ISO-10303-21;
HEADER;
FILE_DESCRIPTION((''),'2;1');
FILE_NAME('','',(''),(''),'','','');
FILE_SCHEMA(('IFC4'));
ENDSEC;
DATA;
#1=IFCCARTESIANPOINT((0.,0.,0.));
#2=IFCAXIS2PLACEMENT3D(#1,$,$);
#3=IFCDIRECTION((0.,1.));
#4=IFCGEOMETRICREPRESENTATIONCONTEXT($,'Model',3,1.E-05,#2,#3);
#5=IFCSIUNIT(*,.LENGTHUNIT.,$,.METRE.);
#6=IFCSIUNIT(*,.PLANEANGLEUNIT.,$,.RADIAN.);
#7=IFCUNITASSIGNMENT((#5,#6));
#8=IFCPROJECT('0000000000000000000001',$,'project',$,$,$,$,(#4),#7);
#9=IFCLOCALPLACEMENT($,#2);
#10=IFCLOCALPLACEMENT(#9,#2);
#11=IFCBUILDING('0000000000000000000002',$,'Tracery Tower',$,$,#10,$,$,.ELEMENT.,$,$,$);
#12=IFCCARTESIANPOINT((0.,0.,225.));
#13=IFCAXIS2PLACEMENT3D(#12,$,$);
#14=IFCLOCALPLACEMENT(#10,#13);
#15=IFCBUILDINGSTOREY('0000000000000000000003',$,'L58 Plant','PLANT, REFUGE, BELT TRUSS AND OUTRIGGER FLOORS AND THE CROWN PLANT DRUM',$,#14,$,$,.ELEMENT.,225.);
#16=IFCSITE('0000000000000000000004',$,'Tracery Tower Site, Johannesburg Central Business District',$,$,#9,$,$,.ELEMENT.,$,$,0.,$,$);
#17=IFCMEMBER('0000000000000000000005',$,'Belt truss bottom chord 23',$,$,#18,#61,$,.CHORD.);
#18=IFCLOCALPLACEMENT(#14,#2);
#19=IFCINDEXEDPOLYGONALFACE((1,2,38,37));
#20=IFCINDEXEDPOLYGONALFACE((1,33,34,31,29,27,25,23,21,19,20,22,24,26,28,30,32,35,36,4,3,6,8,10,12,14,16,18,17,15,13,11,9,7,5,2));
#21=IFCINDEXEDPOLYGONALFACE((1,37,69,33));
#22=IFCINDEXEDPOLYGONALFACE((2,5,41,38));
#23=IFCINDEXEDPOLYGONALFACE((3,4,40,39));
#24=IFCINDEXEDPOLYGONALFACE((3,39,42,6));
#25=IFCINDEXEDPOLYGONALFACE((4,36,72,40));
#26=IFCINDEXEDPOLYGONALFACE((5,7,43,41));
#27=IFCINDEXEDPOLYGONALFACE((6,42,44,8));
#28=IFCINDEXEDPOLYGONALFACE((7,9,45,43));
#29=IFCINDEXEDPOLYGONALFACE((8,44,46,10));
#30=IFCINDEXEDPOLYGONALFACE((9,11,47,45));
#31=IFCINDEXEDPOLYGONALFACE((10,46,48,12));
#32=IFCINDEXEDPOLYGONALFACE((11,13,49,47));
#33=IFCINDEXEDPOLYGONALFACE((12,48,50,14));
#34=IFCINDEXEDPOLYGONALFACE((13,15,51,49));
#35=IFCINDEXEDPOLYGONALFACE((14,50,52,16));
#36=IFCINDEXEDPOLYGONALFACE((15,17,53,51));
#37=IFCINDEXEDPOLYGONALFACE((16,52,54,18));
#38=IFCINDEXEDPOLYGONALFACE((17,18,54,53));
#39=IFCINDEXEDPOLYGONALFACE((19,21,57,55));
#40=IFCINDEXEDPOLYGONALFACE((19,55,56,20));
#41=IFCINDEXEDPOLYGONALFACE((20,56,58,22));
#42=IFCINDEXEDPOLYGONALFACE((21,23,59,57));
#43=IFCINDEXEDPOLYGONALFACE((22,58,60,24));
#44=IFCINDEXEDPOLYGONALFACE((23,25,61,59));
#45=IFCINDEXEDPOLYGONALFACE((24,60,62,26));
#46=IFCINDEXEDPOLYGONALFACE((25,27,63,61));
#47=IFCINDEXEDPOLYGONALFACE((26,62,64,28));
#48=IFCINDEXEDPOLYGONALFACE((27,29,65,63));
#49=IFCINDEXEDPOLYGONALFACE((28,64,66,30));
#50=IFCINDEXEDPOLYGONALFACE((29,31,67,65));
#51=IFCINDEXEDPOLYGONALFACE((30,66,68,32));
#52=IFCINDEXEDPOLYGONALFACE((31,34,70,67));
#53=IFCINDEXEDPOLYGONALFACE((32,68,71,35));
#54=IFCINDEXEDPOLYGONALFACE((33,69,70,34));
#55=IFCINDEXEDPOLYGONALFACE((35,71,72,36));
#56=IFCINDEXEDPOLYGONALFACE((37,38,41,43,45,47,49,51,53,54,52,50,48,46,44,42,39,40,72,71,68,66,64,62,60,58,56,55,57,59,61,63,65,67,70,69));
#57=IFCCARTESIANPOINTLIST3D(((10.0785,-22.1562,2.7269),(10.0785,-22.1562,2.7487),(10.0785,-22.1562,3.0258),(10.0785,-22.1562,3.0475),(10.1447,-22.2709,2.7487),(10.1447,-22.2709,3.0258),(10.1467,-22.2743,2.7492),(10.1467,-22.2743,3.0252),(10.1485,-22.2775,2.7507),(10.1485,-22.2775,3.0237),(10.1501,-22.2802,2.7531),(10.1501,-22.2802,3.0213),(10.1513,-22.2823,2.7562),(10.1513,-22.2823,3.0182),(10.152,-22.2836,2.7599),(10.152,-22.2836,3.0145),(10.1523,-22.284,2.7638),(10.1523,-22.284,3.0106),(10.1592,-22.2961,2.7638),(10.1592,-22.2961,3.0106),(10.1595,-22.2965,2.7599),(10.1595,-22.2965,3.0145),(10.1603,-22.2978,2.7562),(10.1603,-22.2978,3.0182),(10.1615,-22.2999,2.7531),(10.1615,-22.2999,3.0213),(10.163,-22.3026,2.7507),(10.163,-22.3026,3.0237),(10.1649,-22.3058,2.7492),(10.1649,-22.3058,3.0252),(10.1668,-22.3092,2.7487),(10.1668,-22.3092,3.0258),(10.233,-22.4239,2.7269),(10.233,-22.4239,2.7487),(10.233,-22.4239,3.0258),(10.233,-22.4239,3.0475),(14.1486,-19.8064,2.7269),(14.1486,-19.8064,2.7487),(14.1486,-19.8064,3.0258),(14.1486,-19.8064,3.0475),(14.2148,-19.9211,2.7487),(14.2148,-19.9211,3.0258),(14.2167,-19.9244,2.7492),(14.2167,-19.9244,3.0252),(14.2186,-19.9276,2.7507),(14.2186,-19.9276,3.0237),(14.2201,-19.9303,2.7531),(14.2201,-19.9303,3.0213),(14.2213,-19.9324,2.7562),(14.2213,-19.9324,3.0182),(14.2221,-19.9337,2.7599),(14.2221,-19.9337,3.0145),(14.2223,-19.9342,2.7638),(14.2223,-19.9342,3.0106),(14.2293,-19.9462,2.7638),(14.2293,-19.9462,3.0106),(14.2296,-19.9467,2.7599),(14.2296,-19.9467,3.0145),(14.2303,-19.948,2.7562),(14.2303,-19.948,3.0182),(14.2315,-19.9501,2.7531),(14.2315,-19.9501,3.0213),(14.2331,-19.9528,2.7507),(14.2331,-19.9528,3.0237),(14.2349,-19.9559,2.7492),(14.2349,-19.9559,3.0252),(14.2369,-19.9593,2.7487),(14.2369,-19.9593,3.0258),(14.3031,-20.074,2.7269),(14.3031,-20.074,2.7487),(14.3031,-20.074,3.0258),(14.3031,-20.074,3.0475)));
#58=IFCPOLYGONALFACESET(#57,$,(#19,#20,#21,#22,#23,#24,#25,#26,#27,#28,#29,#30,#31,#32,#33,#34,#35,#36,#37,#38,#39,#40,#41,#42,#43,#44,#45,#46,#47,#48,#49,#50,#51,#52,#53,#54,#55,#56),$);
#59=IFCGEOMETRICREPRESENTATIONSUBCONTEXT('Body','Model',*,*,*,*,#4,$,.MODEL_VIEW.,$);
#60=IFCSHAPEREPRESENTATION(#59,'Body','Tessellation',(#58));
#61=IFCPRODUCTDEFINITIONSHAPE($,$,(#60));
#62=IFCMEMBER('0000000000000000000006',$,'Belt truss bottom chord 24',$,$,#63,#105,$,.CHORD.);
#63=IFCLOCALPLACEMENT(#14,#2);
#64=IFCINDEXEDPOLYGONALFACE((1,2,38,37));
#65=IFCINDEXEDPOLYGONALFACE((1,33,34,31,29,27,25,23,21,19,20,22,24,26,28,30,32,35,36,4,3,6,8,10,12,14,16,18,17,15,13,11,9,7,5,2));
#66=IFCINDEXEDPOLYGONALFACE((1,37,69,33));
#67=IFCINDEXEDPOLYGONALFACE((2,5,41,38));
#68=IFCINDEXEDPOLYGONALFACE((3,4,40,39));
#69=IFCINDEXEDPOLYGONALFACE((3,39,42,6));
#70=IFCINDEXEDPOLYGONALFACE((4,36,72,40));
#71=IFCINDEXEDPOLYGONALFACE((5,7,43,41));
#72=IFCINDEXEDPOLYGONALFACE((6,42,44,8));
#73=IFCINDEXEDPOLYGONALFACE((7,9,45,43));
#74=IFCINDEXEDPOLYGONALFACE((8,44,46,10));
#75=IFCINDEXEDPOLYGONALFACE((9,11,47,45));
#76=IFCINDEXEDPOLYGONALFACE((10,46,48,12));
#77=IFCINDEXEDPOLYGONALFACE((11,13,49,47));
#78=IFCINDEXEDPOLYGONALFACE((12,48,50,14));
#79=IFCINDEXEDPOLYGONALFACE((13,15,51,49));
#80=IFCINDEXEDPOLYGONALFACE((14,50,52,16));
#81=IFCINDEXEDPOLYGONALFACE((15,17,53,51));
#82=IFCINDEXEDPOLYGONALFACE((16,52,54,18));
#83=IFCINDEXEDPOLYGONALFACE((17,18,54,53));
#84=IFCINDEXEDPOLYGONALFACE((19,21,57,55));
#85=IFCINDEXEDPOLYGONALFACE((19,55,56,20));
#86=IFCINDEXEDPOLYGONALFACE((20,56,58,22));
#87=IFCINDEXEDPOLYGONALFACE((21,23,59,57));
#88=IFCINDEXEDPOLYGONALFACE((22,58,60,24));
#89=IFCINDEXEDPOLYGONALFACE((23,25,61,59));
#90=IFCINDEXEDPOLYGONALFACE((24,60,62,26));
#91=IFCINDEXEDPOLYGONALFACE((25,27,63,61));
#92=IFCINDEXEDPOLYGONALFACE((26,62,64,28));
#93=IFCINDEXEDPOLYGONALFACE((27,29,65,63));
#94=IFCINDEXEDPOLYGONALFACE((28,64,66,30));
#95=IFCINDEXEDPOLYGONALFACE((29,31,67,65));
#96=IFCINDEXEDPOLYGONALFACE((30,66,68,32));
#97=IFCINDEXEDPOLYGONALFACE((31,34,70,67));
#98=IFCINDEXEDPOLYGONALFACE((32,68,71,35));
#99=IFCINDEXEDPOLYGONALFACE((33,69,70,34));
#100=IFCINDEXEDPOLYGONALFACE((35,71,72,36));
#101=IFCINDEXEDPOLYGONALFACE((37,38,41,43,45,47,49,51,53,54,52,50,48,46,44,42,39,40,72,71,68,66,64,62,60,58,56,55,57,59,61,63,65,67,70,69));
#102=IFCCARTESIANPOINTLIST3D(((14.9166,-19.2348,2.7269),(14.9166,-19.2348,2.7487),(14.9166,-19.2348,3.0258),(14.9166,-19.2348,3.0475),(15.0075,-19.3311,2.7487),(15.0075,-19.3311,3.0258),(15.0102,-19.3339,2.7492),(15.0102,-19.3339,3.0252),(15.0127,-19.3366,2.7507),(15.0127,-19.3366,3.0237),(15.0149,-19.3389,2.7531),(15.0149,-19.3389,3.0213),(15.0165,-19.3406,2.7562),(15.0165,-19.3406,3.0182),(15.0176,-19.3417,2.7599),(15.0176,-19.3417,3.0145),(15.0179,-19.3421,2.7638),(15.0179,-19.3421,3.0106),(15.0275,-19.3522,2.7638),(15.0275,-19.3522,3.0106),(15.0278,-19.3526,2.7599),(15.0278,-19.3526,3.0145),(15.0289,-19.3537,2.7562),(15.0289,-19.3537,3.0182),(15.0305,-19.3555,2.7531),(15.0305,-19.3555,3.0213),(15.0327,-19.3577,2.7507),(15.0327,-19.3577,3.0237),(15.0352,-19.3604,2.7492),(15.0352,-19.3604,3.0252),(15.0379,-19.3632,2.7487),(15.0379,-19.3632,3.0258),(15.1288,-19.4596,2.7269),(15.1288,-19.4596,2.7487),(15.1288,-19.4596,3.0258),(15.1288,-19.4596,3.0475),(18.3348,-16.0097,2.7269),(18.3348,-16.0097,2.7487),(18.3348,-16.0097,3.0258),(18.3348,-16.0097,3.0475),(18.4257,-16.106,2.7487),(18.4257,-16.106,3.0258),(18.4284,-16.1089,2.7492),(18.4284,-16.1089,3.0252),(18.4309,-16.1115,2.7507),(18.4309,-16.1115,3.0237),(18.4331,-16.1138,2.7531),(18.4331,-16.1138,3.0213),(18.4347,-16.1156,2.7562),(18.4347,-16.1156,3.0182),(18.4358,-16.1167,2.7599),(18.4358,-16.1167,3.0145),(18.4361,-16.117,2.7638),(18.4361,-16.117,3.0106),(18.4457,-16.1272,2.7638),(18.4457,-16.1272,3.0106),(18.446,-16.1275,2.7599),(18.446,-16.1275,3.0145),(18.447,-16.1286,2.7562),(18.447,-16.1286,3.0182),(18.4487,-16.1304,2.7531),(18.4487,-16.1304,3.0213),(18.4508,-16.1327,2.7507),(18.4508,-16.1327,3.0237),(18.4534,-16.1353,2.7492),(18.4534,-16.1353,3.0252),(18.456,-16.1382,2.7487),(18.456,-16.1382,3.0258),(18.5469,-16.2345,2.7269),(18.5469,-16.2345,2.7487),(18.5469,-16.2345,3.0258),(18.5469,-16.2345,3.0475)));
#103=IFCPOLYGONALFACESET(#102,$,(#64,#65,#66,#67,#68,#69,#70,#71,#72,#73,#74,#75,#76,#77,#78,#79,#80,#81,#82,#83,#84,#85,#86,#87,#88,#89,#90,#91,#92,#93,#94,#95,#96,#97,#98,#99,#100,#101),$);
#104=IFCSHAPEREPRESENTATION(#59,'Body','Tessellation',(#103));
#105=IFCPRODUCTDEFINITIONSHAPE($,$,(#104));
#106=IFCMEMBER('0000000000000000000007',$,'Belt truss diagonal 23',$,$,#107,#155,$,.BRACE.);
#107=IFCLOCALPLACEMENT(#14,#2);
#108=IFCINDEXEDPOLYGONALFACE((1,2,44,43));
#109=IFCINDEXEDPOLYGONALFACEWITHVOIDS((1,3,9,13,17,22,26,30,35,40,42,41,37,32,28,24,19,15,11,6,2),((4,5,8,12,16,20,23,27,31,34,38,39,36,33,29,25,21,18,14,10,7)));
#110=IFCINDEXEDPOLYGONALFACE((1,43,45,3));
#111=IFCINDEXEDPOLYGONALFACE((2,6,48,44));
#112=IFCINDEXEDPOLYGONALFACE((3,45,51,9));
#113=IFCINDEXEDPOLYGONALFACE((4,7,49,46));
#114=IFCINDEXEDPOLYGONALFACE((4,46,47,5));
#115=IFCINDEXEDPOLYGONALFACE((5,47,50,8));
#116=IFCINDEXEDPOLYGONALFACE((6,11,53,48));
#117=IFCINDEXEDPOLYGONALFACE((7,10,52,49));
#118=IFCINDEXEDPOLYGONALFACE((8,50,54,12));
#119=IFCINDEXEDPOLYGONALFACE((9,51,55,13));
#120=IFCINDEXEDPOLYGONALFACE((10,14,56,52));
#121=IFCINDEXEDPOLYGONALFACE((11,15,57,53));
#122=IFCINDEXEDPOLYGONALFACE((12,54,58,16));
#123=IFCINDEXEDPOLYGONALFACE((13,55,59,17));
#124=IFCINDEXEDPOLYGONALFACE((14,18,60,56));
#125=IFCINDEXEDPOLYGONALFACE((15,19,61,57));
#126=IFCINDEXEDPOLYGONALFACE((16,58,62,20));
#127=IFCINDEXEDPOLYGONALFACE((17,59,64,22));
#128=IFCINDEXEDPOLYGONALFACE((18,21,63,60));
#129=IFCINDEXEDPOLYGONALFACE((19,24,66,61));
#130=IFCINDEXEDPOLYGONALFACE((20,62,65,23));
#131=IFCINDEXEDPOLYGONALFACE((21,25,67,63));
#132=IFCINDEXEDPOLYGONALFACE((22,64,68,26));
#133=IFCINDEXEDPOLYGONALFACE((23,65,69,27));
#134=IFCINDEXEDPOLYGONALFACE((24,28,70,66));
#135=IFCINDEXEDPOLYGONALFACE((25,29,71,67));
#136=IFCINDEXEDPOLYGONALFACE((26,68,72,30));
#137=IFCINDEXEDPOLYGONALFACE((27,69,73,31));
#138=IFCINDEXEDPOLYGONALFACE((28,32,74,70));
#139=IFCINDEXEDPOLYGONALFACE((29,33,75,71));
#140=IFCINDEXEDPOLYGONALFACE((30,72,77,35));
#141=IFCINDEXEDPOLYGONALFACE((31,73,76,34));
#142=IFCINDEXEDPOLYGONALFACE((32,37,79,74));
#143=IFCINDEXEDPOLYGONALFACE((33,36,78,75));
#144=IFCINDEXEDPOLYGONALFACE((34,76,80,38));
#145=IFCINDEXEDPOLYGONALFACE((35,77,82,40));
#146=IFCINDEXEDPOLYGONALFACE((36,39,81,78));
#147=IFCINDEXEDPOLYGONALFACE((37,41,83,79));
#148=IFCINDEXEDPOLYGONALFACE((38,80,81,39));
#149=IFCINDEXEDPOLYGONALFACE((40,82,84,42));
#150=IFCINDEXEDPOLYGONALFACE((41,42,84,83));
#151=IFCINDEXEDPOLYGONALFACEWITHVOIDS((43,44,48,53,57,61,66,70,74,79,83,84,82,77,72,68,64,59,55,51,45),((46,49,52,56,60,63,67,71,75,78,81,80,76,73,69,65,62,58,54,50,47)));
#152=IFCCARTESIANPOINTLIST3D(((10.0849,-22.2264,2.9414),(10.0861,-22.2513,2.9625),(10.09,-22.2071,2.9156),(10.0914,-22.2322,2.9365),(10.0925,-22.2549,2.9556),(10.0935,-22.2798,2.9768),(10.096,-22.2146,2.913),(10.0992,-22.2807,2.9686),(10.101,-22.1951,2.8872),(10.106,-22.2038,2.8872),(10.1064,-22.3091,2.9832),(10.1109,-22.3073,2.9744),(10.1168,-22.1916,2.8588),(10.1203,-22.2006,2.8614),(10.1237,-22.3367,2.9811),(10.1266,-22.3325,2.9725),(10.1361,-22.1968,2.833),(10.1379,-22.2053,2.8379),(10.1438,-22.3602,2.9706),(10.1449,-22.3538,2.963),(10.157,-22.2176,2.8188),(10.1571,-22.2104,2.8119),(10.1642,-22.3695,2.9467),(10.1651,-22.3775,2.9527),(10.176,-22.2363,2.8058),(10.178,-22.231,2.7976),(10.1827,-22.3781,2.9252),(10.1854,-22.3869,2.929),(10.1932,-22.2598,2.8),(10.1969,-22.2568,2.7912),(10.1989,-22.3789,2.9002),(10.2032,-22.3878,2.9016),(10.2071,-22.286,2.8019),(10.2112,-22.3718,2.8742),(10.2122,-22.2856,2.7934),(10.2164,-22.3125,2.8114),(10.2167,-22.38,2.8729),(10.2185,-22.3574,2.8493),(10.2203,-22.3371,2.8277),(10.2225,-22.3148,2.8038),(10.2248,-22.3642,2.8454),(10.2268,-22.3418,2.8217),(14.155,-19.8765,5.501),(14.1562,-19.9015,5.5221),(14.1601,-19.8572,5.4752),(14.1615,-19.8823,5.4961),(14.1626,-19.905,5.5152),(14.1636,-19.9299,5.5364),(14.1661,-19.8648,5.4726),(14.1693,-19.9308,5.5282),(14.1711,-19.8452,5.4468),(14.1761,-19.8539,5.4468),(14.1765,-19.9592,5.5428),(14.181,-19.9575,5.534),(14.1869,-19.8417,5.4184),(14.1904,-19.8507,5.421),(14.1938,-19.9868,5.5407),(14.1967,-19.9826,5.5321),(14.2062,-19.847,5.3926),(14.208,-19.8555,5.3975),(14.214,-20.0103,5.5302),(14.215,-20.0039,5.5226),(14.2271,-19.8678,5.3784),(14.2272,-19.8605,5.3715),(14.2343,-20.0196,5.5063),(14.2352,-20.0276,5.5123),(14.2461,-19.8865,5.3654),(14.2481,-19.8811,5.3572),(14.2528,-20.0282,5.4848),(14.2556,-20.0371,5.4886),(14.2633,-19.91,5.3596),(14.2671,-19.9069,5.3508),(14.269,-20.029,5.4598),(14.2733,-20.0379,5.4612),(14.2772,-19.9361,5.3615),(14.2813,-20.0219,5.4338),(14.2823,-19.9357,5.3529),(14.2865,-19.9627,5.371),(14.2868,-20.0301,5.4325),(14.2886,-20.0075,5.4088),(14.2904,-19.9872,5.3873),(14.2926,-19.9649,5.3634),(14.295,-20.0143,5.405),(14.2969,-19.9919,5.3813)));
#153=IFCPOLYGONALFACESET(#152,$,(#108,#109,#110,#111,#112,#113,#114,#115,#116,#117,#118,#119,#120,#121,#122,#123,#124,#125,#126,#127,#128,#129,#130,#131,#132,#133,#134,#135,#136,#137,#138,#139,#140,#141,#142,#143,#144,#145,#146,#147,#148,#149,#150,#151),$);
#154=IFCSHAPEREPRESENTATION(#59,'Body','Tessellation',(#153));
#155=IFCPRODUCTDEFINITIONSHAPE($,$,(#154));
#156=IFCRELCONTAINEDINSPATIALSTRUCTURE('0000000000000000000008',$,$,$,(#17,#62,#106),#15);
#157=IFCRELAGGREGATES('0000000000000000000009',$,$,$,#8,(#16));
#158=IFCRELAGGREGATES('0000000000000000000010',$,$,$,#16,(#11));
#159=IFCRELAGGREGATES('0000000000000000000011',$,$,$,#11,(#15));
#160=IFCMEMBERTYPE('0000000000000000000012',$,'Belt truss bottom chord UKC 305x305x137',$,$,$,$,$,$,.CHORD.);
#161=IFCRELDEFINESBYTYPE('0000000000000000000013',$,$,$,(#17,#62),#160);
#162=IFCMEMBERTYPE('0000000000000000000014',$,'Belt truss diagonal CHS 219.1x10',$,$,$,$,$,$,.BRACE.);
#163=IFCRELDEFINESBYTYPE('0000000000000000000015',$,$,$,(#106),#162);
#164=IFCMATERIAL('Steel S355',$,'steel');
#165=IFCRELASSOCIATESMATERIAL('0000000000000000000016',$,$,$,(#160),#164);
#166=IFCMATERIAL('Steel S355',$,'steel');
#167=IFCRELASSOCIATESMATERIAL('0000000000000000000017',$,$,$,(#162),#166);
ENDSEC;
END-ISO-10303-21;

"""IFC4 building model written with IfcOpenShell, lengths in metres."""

from ifc_helpers import new_model, si_unit, direction, frame, origin, origin_2d, place, context, subcontext, project, spatial, hollow_circle, i_section, extrude, material, material_profile, profile_set, type_object, element, save


model = new_model("IFC4")

# Units and contexts
model_context = context("Model", 3, precision=1e-05, world=origin(), true_north=direction((0.0, 1.0)))
body_context = subcontext(model_context, "Body", "Model", "MODEL_VIEW")
ifc_project = project(units=[si_unit("LENGTHUNIT", "METRE"), si_unit("PLANEANGLEUNIT", "RADIAN")], contexts=[model_context])

# Site, building, storey
site_placement = place(None, origin())
site = spatial("IfcSite", under=ifc_project, at=site_placement, Name="Tracery Tower Site, Johannesburg Central Business District", CompositionType="ELEMENT", RefElevation=0.0)
building_placement = place(site_placement, origin())
building = spatial("IfcBuilding", under=site, at=building_placement, Name="Tracery Tower", CompositionType="ELEMENT")
storey_placement = place(building_placement, frame((0.0, 0.0, 225.0)))
storey = spatial("IfcBuildingStorey", under=building, at=storey_placement, Name="L58 Plant", Description="PLANT, REFUGE, BELT TRUSS AND OUTRIGGER FLOORS AND THE CROWN PLANT DRUM", CompositionType="ELEMENT", Elevation=225.0)

# Members
ifc_material_1 = material(Name="Steel S355", Category="steel")
ifc_material_profile_1 = material_profile(ifc_material_1, i_section(OverallWidth=0.3091, OverallDepth=0.3206, WebThickness=0.0139, FlangeThickness=0.0217, FilletRadius=0.0151, at=origin_2d()), Name="UKC 305x305x137")
ifc_profile_set_1 = profile_set([ifc_material_profile_1], Name="Steel S355")
member_type_1 = type_object("IfcMemberType", Name="Belt truss bottom chord UKC 305x305x137", PredefinedType="CHORD", material=ifc_profile_set_1)
member_1_placement = place(storey_placement, frame((10.1558, -22.29, 2.8872), z_axis=(0.866026, 0.5, 0.0), x_axis=(-0.5, 0.866026, 0.0)))
element("IfcMember", 1, at=member_1_placement, inside=storey, type_object=member_type_1, Name="Belt truss bottom chord 23", PredefinedType="CHORD", context=body_context, shape_type="SweptSolid", body=[
    extrude(i_section(OverallWidth=0.3091, OverallDepth=0.3206, WebThickness=0.0139, FlangeThickness=0.0217, FilletRadius=0.0151, at=origin_2d()), origin(), (0.0, 0.0, 1.0), 4.6997),
])
member_2_placement = place(storey_placement, frame((15.0227, -19.3472, 2.8872), z_axis=(0.727355, 0.686262, 0.0), x_axis=(-0.686262, 0.727355, 0.0)))
element("IfcMember", 2, at=member_2_placement, inside=storey, type_object=member_type_1, Name="Belt truss bottom chord 24", PredefinedType="CHORD", context=body_context, shape_type="SweptSolid", body=[
    extrude(i_section(OverallWidth=0.3091, OverallDepth=0.3206, WebThickness=0.0139, FlangeThickness=0.0217, FilletRadius=0.0151, at=origin_2d()), origin(), (0.0, 0.0, 1.0), 4.6995),
])
ifc_material_2 = material(Name="Steel S355", Category="steel")
ifc_material_profile_2 = material_profile(ifc_material_2, hollow_circle(Radius=0.1096, WallThickness=0.01, at=origin_2d()), Name="CHS 219.1x10")
ifc_profile_set_2 = profile_set([ifc_material_profile_2], Name="Steel S355")
member_type_2 = type_object("IfcMemberType", Name="Belt truss diagonal CHS 219.1x10", PredefinedType="BRACE", material=ifc_profile_set_2)
member_3_placement = place(storey_placement, frame((10.1558, -22.29, 2.8872), z_axis=(0.760546, 0.439101, 0.478289), x_axis=(-0.5, 0.866026, 0.0)))
element("IfcMember", 3, at=member_3_placement, inside=storey, type_object=member_type_2, Name="Belt truss diagonal 23", PredefinedType="BRACE", context=body_context, shape_type="SweptSolid", body=[
    extrude(hollow_circle(Radius=0.1096, WallThickness=0.01, at=origin_2d()), origin(), (0.0, 0.0, 1.0), 5.3516),
])

save(model, "model.ifc")
